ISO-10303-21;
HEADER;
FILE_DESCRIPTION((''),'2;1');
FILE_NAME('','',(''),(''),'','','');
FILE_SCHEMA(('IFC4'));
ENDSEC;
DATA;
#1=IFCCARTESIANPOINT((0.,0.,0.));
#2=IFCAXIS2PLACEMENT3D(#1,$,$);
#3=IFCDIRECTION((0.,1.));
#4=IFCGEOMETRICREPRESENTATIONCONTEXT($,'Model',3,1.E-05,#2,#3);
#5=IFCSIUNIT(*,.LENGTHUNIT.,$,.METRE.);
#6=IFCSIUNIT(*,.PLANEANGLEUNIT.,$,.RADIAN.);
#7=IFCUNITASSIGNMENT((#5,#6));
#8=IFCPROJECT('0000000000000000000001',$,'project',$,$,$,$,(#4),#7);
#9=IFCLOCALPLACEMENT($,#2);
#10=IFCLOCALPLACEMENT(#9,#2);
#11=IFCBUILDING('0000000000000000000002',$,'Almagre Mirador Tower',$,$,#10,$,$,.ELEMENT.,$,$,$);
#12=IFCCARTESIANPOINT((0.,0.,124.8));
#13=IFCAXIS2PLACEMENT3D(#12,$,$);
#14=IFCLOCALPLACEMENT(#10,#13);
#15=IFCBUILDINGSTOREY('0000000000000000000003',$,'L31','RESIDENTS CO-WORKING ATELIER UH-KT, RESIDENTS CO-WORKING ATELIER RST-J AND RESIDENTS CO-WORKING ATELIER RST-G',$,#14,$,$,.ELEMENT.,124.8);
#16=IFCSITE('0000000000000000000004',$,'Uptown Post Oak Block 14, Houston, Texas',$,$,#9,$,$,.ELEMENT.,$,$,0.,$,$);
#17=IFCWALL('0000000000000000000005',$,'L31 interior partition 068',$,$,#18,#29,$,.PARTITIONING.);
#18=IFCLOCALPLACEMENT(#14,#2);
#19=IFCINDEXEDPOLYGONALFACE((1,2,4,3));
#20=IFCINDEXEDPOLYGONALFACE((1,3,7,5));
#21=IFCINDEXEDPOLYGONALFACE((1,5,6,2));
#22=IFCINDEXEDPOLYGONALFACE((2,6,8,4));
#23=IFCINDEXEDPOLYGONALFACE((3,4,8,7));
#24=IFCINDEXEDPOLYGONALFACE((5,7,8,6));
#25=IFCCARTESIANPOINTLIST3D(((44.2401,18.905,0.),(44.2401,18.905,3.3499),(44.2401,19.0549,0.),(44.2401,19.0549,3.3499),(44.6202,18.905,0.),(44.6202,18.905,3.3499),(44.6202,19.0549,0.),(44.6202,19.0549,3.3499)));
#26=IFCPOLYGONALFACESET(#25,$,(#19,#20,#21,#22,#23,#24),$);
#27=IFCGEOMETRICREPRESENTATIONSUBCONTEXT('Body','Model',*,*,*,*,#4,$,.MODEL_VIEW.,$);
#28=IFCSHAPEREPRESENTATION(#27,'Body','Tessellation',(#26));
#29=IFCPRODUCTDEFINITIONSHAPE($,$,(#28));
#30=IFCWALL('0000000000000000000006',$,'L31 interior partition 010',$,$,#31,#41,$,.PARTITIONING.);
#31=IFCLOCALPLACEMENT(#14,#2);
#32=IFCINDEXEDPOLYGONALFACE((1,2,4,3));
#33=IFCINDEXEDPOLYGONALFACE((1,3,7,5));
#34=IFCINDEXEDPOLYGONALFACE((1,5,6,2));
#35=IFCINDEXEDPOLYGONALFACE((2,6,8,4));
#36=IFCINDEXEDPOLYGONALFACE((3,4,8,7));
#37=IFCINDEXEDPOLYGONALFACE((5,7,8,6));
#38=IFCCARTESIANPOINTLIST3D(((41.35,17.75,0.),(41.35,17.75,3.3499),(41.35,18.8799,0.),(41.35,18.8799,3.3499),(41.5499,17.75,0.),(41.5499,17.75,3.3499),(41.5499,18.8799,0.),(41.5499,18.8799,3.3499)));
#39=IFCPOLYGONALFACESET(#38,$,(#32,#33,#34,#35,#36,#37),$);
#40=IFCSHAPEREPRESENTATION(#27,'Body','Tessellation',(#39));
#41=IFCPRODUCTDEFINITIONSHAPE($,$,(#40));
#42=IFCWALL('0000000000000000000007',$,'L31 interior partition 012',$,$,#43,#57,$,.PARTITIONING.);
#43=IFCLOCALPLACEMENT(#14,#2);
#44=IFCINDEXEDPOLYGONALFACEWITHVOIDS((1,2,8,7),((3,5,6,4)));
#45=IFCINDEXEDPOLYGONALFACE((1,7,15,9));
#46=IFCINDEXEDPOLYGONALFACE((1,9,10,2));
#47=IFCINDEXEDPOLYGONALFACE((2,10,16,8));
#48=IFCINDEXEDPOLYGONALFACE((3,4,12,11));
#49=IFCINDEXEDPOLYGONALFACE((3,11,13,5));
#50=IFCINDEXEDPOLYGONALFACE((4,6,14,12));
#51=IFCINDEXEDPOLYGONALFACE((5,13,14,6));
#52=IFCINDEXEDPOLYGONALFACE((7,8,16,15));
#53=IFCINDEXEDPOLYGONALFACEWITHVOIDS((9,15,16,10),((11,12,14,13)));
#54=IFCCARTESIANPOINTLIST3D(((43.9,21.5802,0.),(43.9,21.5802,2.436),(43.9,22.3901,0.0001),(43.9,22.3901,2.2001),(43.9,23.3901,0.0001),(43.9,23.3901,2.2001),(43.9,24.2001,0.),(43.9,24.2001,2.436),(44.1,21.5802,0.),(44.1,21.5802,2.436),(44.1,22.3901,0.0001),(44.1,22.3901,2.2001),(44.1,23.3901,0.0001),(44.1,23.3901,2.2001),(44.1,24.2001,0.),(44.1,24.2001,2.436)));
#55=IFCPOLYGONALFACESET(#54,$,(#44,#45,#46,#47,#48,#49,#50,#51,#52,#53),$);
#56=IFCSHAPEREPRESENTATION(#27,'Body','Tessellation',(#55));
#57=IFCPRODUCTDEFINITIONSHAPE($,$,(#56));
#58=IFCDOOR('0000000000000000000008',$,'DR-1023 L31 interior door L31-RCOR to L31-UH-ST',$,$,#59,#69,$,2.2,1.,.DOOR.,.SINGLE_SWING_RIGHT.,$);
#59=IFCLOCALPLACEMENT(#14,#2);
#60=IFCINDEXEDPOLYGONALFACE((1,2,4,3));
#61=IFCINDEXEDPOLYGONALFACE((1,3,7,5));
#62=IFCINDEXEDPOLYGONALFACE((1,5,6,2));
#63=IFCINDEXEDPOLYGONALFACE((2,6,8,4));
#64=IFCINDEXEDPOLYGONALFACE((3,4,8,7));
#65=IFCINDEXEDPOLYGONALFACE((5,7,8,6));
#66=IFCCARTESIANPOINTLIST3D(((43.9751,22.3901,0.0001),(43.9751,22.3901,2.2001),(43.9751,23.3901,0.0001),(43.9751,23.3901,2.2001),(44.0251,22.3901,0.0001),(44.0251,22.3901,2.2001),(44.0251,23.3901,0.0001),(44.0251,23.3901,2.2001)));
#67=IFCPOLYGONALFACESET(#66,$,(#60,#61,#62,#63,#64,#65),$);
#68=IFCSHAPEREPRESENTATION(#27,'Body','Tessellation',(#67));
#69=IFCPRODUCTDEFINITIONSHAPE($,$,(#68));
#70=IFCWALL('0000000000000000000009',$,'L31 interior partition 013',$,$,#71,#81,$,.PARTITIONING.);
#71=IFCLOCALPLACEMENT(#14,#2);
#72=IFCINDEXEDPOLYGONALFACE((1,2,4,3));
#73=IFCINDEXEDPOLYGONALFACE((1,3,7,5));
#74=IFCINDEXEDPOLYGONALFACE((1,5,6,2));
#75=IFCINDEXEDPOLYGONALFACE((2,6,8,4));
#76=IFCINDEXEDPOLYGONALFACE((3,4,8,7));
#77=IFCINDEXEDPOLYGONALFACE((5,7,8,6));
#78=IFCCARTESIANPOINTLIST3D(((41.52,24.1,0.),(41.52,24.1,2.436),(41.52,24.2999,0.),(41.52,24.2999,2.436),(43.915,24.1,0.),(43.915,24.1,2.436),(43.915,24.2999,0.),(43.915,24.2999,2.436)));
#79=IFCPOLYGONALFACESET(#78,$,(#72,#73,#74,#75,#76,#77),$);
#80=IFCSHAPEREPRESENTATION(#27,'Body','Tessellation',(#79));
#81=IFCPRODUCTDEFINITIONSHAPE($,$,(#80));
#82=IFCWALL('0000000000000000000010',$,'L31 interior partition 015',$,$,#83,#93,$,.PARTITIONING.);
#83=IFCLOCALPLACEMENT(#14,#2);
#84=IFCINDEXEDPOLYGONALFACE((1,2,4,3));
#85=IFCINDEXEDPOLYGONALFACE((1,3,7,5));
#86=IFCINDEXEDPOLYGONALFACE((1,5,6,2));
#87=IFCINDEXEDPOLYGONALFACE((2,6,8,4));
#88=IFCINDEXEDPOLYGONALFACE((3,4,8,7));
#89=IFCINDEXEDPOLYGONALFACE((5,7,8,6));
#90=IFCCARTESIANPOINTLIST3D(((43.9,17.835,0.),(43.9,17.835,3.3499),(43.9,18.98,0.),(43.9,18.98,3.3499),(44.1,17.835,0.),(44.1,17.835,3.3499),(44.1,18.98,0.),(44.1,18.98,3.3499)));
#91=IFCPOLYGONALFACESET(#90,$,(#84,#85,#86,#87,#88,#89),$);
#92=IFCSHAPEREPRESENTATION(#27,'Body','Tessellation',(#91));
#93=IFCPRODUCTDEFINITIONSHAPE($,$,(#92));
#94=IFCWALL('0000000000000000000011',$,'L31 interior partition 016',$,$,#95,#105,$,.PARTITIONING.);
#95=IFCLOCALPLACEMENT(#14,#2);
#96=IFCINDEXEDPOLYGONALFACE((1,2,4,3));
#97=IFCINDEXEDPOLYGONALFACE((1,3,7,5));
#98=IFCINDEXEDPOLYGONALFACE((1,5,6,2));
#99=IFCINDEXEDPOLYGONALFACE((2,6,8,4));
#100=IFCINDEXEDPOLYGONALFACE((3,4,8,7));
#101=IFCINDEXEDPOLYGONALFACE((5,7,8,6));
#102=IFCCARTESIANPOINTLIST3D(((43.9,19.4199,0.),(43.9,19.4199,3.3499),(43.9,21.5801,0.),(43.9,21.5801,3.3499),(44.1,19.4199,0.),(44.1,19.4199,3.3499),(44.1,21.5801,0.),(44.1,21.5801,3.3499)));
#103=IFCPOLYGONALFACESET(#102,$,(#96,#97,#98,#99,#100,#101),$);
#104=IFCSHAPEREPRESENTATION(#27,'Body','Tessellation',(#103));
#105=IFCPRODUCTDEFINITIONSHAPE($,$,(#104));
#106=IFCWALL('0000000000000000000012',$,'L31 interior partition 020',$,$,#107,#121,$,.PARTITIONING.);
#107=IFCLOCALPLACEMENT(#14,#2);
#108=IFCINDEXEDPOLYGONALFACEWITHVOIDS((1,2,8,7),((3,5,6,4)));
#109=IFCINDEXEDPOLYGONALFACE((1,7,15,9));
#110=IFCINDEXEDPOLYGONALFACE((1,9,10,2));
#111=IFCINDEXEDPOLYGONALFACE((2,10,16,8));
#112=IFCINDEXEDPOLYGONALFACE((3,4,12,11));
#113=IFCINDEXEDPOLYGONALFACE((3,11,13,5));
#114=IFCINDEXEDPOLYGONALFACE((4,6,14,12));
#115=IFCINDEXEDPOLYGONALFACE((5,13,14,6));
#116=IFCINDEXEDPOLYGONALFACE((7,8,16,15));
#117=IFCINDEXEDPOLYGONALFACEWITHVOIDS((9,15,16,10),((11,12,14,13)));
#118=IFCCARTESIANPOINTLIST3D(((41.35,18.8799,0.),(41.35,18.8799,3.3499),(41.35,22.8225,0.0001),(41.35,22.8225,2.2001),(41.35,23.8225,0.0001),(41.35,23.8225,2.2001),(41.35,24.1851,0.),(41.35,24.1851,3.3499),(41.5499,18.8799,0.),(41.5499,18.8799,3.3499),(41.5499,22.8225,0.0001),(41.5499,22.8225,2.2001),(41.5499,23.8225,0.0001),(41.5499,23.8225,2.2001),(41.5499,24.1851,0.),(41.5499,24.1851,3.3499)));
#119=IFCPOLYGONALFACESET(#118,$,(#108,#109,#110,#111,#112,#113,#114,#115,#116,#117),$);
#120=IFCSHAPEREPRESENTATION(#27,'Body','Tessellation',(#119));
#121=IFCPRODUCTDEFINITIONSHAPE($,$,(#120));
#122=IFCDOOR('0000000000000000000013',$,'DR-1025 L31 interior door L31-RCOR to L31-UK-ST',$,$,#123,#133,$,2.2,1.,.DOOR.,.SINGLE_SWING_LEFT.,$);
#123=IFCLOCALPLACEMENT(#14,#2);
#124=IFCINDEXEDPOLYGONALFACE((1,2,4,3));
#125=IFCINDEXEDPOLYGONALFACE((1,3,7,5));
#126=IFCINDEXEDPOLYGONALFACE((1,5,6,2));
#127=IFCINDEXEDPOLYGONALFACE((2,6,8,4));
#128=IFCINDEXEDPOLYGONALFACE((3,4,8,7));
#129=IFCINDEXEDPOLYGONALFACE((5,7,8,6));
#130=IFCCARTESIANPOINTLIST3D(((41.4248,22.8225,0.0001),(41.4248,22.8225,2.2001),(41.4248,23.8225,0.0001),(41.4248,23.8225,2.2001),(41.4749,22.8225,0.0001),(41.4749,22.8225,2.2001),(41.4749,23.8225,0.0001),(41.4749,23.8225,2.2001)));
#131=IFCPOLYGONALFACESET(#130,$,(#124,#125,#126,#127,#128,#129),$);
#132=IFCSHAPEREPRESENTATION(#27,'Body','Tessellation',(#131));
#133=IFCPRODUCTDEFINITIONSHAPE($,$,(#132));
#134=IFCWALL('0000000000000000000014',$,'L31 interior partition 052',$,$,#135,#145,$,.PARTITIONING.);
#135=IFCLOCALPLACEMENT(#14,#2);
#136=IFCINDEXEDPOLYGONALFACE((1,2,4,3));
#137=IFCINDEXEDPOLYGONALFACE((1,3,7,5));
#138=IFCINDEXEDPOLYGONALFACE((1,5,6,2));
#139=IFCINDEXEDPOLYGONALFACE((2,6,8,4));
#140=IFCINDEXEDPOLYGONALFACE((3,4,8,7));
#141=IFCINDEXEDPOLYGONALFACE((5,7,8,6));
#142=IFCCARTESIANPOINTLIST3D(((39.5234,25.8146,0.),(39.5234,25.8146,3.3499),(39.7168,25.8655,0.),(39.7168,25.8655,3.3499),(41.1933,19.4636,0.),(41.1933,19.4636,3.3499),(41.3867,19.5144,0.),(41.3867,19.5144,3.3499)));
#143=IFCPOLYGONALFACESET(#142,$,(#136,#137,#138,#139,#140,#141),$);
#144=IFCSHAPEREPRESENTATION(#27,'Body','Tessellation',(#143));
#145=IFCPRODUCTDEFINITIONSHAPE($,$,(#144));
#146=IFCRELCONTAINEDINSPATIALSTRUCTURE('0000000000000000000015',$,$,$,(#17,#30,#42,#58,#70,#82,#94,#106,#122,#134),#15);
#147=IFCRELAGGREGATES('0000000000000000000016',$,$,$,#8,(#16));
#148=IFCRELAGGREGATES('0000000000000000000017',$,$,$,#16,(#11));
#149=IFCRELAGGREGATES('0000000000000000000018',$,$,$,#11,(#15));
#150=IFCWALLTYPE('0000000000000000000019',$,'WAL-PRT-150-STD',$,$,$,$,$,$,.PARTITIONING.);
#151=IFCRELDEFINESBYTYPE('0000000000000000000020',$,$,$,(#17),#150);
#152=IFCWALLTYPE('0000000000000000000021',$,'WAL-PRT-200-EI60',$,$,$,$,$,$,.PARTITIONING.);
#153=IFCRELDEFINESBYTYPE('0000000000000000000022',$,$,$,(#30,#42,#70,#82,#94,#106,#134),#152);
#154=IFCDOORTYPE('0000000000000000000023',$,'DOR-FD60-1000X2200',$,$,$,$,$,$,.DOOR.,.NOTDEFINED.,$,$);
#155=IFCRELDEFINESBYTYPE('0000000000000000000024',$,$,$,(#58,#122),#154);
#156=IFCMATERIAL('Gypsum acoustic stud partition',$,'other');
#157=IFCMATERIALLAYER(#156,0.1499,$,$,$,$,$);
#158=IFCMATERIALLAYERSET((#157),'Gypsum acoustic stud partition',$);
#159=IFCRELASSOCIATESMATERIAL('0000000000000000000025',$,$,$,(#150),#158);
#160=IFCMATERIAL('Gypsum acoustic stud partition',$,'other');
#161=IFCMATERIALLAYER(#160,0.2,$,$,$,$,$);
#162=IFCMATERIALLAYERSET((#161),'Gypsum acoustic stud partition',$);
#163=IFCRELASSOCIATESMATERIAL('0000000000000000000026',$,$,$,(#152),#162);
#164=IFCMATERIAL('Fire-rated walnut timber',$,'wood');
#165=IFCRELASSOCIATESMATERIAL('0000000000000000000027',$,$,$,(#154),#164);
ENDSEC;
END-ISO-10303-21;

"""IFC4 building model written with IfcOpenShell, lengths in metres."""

from ifc_helpers import new_model, si_unit, direction, frame, frame_2d, origin, place, context, subcontext, project, spatial, rectangle, extrude, material, layer, layer_set, type_object, element, fill, save


model = new_model("IFC4")

# Units and contexts
model_context = context("Model", 3, precision=1e-05, world=origin(), true_north=direction((0.0, 1.0)))
body_context = subcontext(model_context, "Body", "Model", "MODEL_VIEW")
ifc_project = project(units=[si_unit("LENGTHUNIT", "METRE"), si_unit("PLANEANGLEUNIT", "RADIAN")], contexts=[model_context])

# Site, building, storey
site_placement = place(None, origin())
site = spatial("IfcSite", under=ifc_project, at=site_placement, Name="Uptown Post Oak Block 14, Houston, Texas", CompositionType="ELEMENT", RefElevation=0.0)
building_placement = place(site_placement, origin())
building = spatial("IfcBuilding", under=site, at=building_placement, Name="Almagre Mirador Tower", CompositionType="ELEMENT")
storey_placement = place(building_placement, frame((0.0, 0.0, 124.8)))
storey = spatial("IfcBuildingStorey", under=building, at=storey_placement, Name="L31", Description="RESIDENTS CO-WORKING ATELIER UH-KT, RESIDENTS CO-WORKING ATELIER RST-J AND RESIDENTS CO-WORKING ATELIER RST-G", CompositionType="ELEMENT", Elevation=124.8)

# Shared definitions
ifc_material_1 = material(Name="Gypsum acoustic stud partition", Category="other")
ifc_layer_1 = layer(ifc_material_1, 0.1499)
ifc_layer_set_1 = layer_set([ifc_layer_1], Name="Gypsum acoustic stud partition")
wall_type_1 = type_object("IfcWallType", Name="WAL-PRT-150-STD", PredefinedType="PARTITIONING", material=ifc_layer_set_1)

# Walls
wall_1_placement = place(storey_placement, frame((44.6201, 18.98, 0.0), z_axis=(0.0, 0.0, 1.0), x_axis=(-1.0, 0.0, 0.0)))
element("IfcWall", 1, at=wall_1_placement, inside=storey, type_object=wall_type_1, Name="L31 interior partition 068", PredefinedType="PARTITIONING", context=body_context, shape_type="SweptSolid", body=[
    extrude(rectangle(XDim=0.3801, YDim=0.1499, at=frame_2d((0.1899, 0.0))), origin(), (0.0, 0.0, 1.0), 3.3499),
])
ifc_material_2 = material(Name="Gypsum acoustic stud partition", Category="other")
ifc_layer_2 = layer(ifc_material_2, 0.2)
ifc_layer_set_2 = layer_set([ifc_layer_2], Name="Gypsum acoustic stud partition")
wall_type_2 = type_object("IfcWallType", Name="WAL-PRT-200-EI60", PredefinedType="PARTITIONING", material=ifc_layer_set_2)
wall_2_placement = place(storey_placement, frame((41.45, 18.8799, 0.0), z_axis=(0.0, 0.0, 1.0), x_axis=(0.0, -1.0, 0.0)))
element("IfcWall", 2, at=wall_2_placement, inside=storey, type_object=wall_type_2, Name="L31 interior partition 010", PredefinedType="PARTITIONING", context=body_context, shape_type="SweptSolid", body=[
    extrude(rectangle(XDim=1.1299, YDim=0.2, at=frame_2d((0.5649, 0.0))), origin(), (0.0, 0.0, 1.0), 3.3499),
])

# Wall, opening, door
wall_3_placement = place(storey_placement, frame((44.0, 21.5801, 0.0), z_axis=(0.0, 0.0, 1.0), x_axis=(0.0, 1.0, 0.0)))
wall_3 = element("IfcWall", 3, at=wall_3_placement, inside=storey, type_object=wall_type_2, Name="L31 interior partition 012", PredefinedType="PARTITIONING", context=body_context, shape_type="SweptSolid", body=[
    extrude(rectangle(XDim=2.6199, YDim=0.2, at=frame_2d((1.3101, 0.0))), origin(), (0.0, 0.0, 1.0), 2.436),
])
opening_1_placement = place(wall_3_placement, frame((0.8101, 0.0, 0.0)))
opening_1 = element("IfcOpeningElement", 4, at=opening_1_placement, cuts=wall_3, PredefinedType="OPENING", context=body_context, shape_type="SweptSolid", body=[
    extrude(rectangle(XDim=1.0, YDim=2.2, at=frame_2d((0.5, 1.1001))), frame((0.0, 0.1101, 0.0), z_axis=(0.0, -1.0, 0.0), x_axis=(1.0, 0.0, 0.0)), (0.0, 0.0, 1.0), 0.22),
])
ifc_material_3 = material(Name="Fire-rated walnut timber", Category="wood")
door_type_1 = type_object("IfcDoorType", Name="DOR-FD60-1000X2200", OperationType="NOTDEFINED", PredefinedType="DOOR", material=ifc_material_3)
door_1_placement = place(opening_1_placement, origin())
door_1 = element("IfcDoor", 5, at=door_1_placement, inside=storey, type_object=door_type_1, Name="DR-1023 L31 interior door L31-RCOR to L31-UH-ST", OperationType="SINGLE_SWING_RIGHT", OverallHeight=2.2, OverallWidth=1.0, PredefinedType="DOOR", context=body_context, shape_type="SweptSolid", body=[
    extrude(rectangle(XDim=1.0, YDim=2.2, at=frame_2d((0.5, 1.1001))), frame((0.0, 0.0249, 0.0), z_axis=(0.0, -1.0, 0.0), x_axis=(1.0, 0.0, 0.0)), (0.0, 0.0, 1.0), 0.05),
])
fill(opening_1, door_1)

# Walls
wall_4_placement = place(storey_placement, frame((43.915, 24.2, 0.0), z_axis=(0.0, 0.0, 1.0), x_axis=(-1.0, 0.0, 0.0)))
element("IfcWall", 6, at=wall_4_placement, inside=storey, type_object=wall_type_2, Name="L31 interior partition 013", PredefinedType="PARTITIONING", context=body_context, shape_type="SweptSolid", body=[
    extrude(rectangle(XDim=2.395, YDim=0.2, at=frame_2d((1.1975, 0.0))), origin(), (0.0, 0.0, 1.0), 2.436),
])
wall_5_placement = place(storey_placement, frame((44.0, 17.835, 0.0), z_axis=(0.0, 0.0, 1.0), x_axis=(0.0, 1.0, 0.0)))
element("IfcWall", 7, at=wall_5_placement, inside=storey, type_object=wall_type_2, Name="L31 interior partition 015", PredefinedType="PARTITIONING", context=body_context, shape_type="SweptSolid", body=[
    extrude(rectangle(XDim=1.145, YDim=0.2, at=frame_2d((0.5725, 0.0))), origin(), (0.0, 0.0, 1.0), 3.3499),
])
wall_6_placement = place(storey_placement, frame((44.0, 19.4199, 0.0), z_axis=(0.0, 0.0, 1.0), x_axis=(0.0, 1.0, 0.0)))
element("IfcWall", 8, at=wall_6_placement, inside=storey, type_object=wall_type_2, Name="L31 interior partition 016", PredefinedType="PARTITIONING", context=body_context, shape_type="SweptSolid", body=[
    extrude(rectangle(XDim=2.1602, YDim=0.2, at=frame_2d((1.0801, 0.0))), origin(), (0.0, 0.0, 1.0), 3.3499),
])

# Wall, opening, door
wall_7_placement = place(storey_placement, frame((41.45, 24.1851, 0.0), z_axis=(0.0, 0.0, 1.0), x_axis=(0.0, -1.0, 0.0)))
wall_7 = element("IfcWall", 9, at=wall_7_placement, inside=storey, type_object=wall_type_2, Name="L31 interior partition 020", PredefinedType="PARTITIONING", context=body_context, shape_type="SweptSolid", body=[
    extrude(rectangle(XDim=5.3052, YDim=0.2, at=frame_2d((2.6526, 0.0))), origin(), (0.0, 0.0, 1.0), 3.3499),
])
opening_2_placement = place(wall_7_placement, frame((0.3625, 0.0, 0.0)))
opening_2 = element("IfcOpeningElement", 10, at=opening_2_placement, cuts=wall_7, PredefinedType="OPENING", context=body_context, shape_type="SweptSolid", body=[
    extrude(rectangle(XDim=1.0, YDim=2.2, at=frame_2d((0.5, 1.1001))), frame((0.0, 0.1101, 0.0), z_axis=(0.0, -1.0, 0.0), x_axis=(1.0, 0.0, 0.0)), (0.0, 0.0, 1.0), 0.22),
])
door_2_placement = place(opening_2_placement, origin())
door_2 = element("IfcDoor", 11, at=door_2_placement, inside=storey, type_object=door_type_1, Name="DR-1025 L31 interior door L31-RCOR to L31-UK-ST", OperationType="SINGLE_SWING_LEFT", OverallHeight=2.2, OverallWidth=1.0, PredefinedType="DOOR", context=body_context, shape_type="SweptSolid", body=[
    extrude(rectangle(XDim=1.0, YDim=2.2, at=frame_2d((0.5, 1.1001))), frame((0.0, 0.0249, 0.0), z_axis=(0.0, -1.0, 0.0), x_axis=(1.0, 0.0, 0.0)), (0.0, 0.0, 1.0), 0.05),
])
fill(opening_2, door_2)

# Wall
wall_8_placement = place(storey_placement, frame((41.29, 19.489, 0.0), z_axis=(0.0, 0.0, 1.0), x_axis=(-0.254292, 0.967127, 0.0)))
element("IfcWall", 12, at=wall_8_placement, inside=storey, type_object=wall_type_2, Name="L31 interior partition 052", PredefinedType="PARTITIONING", context=body_context, shape_type="SweptSolid", body=[
    extrude(rectangle(XDim=6.5669, YDim=0.2, at=frame_2d((3.2834, 0.0))), origin(), (0.0, 0.0, 1.0), 3.3499),
])

save(model, "model.ifc")
